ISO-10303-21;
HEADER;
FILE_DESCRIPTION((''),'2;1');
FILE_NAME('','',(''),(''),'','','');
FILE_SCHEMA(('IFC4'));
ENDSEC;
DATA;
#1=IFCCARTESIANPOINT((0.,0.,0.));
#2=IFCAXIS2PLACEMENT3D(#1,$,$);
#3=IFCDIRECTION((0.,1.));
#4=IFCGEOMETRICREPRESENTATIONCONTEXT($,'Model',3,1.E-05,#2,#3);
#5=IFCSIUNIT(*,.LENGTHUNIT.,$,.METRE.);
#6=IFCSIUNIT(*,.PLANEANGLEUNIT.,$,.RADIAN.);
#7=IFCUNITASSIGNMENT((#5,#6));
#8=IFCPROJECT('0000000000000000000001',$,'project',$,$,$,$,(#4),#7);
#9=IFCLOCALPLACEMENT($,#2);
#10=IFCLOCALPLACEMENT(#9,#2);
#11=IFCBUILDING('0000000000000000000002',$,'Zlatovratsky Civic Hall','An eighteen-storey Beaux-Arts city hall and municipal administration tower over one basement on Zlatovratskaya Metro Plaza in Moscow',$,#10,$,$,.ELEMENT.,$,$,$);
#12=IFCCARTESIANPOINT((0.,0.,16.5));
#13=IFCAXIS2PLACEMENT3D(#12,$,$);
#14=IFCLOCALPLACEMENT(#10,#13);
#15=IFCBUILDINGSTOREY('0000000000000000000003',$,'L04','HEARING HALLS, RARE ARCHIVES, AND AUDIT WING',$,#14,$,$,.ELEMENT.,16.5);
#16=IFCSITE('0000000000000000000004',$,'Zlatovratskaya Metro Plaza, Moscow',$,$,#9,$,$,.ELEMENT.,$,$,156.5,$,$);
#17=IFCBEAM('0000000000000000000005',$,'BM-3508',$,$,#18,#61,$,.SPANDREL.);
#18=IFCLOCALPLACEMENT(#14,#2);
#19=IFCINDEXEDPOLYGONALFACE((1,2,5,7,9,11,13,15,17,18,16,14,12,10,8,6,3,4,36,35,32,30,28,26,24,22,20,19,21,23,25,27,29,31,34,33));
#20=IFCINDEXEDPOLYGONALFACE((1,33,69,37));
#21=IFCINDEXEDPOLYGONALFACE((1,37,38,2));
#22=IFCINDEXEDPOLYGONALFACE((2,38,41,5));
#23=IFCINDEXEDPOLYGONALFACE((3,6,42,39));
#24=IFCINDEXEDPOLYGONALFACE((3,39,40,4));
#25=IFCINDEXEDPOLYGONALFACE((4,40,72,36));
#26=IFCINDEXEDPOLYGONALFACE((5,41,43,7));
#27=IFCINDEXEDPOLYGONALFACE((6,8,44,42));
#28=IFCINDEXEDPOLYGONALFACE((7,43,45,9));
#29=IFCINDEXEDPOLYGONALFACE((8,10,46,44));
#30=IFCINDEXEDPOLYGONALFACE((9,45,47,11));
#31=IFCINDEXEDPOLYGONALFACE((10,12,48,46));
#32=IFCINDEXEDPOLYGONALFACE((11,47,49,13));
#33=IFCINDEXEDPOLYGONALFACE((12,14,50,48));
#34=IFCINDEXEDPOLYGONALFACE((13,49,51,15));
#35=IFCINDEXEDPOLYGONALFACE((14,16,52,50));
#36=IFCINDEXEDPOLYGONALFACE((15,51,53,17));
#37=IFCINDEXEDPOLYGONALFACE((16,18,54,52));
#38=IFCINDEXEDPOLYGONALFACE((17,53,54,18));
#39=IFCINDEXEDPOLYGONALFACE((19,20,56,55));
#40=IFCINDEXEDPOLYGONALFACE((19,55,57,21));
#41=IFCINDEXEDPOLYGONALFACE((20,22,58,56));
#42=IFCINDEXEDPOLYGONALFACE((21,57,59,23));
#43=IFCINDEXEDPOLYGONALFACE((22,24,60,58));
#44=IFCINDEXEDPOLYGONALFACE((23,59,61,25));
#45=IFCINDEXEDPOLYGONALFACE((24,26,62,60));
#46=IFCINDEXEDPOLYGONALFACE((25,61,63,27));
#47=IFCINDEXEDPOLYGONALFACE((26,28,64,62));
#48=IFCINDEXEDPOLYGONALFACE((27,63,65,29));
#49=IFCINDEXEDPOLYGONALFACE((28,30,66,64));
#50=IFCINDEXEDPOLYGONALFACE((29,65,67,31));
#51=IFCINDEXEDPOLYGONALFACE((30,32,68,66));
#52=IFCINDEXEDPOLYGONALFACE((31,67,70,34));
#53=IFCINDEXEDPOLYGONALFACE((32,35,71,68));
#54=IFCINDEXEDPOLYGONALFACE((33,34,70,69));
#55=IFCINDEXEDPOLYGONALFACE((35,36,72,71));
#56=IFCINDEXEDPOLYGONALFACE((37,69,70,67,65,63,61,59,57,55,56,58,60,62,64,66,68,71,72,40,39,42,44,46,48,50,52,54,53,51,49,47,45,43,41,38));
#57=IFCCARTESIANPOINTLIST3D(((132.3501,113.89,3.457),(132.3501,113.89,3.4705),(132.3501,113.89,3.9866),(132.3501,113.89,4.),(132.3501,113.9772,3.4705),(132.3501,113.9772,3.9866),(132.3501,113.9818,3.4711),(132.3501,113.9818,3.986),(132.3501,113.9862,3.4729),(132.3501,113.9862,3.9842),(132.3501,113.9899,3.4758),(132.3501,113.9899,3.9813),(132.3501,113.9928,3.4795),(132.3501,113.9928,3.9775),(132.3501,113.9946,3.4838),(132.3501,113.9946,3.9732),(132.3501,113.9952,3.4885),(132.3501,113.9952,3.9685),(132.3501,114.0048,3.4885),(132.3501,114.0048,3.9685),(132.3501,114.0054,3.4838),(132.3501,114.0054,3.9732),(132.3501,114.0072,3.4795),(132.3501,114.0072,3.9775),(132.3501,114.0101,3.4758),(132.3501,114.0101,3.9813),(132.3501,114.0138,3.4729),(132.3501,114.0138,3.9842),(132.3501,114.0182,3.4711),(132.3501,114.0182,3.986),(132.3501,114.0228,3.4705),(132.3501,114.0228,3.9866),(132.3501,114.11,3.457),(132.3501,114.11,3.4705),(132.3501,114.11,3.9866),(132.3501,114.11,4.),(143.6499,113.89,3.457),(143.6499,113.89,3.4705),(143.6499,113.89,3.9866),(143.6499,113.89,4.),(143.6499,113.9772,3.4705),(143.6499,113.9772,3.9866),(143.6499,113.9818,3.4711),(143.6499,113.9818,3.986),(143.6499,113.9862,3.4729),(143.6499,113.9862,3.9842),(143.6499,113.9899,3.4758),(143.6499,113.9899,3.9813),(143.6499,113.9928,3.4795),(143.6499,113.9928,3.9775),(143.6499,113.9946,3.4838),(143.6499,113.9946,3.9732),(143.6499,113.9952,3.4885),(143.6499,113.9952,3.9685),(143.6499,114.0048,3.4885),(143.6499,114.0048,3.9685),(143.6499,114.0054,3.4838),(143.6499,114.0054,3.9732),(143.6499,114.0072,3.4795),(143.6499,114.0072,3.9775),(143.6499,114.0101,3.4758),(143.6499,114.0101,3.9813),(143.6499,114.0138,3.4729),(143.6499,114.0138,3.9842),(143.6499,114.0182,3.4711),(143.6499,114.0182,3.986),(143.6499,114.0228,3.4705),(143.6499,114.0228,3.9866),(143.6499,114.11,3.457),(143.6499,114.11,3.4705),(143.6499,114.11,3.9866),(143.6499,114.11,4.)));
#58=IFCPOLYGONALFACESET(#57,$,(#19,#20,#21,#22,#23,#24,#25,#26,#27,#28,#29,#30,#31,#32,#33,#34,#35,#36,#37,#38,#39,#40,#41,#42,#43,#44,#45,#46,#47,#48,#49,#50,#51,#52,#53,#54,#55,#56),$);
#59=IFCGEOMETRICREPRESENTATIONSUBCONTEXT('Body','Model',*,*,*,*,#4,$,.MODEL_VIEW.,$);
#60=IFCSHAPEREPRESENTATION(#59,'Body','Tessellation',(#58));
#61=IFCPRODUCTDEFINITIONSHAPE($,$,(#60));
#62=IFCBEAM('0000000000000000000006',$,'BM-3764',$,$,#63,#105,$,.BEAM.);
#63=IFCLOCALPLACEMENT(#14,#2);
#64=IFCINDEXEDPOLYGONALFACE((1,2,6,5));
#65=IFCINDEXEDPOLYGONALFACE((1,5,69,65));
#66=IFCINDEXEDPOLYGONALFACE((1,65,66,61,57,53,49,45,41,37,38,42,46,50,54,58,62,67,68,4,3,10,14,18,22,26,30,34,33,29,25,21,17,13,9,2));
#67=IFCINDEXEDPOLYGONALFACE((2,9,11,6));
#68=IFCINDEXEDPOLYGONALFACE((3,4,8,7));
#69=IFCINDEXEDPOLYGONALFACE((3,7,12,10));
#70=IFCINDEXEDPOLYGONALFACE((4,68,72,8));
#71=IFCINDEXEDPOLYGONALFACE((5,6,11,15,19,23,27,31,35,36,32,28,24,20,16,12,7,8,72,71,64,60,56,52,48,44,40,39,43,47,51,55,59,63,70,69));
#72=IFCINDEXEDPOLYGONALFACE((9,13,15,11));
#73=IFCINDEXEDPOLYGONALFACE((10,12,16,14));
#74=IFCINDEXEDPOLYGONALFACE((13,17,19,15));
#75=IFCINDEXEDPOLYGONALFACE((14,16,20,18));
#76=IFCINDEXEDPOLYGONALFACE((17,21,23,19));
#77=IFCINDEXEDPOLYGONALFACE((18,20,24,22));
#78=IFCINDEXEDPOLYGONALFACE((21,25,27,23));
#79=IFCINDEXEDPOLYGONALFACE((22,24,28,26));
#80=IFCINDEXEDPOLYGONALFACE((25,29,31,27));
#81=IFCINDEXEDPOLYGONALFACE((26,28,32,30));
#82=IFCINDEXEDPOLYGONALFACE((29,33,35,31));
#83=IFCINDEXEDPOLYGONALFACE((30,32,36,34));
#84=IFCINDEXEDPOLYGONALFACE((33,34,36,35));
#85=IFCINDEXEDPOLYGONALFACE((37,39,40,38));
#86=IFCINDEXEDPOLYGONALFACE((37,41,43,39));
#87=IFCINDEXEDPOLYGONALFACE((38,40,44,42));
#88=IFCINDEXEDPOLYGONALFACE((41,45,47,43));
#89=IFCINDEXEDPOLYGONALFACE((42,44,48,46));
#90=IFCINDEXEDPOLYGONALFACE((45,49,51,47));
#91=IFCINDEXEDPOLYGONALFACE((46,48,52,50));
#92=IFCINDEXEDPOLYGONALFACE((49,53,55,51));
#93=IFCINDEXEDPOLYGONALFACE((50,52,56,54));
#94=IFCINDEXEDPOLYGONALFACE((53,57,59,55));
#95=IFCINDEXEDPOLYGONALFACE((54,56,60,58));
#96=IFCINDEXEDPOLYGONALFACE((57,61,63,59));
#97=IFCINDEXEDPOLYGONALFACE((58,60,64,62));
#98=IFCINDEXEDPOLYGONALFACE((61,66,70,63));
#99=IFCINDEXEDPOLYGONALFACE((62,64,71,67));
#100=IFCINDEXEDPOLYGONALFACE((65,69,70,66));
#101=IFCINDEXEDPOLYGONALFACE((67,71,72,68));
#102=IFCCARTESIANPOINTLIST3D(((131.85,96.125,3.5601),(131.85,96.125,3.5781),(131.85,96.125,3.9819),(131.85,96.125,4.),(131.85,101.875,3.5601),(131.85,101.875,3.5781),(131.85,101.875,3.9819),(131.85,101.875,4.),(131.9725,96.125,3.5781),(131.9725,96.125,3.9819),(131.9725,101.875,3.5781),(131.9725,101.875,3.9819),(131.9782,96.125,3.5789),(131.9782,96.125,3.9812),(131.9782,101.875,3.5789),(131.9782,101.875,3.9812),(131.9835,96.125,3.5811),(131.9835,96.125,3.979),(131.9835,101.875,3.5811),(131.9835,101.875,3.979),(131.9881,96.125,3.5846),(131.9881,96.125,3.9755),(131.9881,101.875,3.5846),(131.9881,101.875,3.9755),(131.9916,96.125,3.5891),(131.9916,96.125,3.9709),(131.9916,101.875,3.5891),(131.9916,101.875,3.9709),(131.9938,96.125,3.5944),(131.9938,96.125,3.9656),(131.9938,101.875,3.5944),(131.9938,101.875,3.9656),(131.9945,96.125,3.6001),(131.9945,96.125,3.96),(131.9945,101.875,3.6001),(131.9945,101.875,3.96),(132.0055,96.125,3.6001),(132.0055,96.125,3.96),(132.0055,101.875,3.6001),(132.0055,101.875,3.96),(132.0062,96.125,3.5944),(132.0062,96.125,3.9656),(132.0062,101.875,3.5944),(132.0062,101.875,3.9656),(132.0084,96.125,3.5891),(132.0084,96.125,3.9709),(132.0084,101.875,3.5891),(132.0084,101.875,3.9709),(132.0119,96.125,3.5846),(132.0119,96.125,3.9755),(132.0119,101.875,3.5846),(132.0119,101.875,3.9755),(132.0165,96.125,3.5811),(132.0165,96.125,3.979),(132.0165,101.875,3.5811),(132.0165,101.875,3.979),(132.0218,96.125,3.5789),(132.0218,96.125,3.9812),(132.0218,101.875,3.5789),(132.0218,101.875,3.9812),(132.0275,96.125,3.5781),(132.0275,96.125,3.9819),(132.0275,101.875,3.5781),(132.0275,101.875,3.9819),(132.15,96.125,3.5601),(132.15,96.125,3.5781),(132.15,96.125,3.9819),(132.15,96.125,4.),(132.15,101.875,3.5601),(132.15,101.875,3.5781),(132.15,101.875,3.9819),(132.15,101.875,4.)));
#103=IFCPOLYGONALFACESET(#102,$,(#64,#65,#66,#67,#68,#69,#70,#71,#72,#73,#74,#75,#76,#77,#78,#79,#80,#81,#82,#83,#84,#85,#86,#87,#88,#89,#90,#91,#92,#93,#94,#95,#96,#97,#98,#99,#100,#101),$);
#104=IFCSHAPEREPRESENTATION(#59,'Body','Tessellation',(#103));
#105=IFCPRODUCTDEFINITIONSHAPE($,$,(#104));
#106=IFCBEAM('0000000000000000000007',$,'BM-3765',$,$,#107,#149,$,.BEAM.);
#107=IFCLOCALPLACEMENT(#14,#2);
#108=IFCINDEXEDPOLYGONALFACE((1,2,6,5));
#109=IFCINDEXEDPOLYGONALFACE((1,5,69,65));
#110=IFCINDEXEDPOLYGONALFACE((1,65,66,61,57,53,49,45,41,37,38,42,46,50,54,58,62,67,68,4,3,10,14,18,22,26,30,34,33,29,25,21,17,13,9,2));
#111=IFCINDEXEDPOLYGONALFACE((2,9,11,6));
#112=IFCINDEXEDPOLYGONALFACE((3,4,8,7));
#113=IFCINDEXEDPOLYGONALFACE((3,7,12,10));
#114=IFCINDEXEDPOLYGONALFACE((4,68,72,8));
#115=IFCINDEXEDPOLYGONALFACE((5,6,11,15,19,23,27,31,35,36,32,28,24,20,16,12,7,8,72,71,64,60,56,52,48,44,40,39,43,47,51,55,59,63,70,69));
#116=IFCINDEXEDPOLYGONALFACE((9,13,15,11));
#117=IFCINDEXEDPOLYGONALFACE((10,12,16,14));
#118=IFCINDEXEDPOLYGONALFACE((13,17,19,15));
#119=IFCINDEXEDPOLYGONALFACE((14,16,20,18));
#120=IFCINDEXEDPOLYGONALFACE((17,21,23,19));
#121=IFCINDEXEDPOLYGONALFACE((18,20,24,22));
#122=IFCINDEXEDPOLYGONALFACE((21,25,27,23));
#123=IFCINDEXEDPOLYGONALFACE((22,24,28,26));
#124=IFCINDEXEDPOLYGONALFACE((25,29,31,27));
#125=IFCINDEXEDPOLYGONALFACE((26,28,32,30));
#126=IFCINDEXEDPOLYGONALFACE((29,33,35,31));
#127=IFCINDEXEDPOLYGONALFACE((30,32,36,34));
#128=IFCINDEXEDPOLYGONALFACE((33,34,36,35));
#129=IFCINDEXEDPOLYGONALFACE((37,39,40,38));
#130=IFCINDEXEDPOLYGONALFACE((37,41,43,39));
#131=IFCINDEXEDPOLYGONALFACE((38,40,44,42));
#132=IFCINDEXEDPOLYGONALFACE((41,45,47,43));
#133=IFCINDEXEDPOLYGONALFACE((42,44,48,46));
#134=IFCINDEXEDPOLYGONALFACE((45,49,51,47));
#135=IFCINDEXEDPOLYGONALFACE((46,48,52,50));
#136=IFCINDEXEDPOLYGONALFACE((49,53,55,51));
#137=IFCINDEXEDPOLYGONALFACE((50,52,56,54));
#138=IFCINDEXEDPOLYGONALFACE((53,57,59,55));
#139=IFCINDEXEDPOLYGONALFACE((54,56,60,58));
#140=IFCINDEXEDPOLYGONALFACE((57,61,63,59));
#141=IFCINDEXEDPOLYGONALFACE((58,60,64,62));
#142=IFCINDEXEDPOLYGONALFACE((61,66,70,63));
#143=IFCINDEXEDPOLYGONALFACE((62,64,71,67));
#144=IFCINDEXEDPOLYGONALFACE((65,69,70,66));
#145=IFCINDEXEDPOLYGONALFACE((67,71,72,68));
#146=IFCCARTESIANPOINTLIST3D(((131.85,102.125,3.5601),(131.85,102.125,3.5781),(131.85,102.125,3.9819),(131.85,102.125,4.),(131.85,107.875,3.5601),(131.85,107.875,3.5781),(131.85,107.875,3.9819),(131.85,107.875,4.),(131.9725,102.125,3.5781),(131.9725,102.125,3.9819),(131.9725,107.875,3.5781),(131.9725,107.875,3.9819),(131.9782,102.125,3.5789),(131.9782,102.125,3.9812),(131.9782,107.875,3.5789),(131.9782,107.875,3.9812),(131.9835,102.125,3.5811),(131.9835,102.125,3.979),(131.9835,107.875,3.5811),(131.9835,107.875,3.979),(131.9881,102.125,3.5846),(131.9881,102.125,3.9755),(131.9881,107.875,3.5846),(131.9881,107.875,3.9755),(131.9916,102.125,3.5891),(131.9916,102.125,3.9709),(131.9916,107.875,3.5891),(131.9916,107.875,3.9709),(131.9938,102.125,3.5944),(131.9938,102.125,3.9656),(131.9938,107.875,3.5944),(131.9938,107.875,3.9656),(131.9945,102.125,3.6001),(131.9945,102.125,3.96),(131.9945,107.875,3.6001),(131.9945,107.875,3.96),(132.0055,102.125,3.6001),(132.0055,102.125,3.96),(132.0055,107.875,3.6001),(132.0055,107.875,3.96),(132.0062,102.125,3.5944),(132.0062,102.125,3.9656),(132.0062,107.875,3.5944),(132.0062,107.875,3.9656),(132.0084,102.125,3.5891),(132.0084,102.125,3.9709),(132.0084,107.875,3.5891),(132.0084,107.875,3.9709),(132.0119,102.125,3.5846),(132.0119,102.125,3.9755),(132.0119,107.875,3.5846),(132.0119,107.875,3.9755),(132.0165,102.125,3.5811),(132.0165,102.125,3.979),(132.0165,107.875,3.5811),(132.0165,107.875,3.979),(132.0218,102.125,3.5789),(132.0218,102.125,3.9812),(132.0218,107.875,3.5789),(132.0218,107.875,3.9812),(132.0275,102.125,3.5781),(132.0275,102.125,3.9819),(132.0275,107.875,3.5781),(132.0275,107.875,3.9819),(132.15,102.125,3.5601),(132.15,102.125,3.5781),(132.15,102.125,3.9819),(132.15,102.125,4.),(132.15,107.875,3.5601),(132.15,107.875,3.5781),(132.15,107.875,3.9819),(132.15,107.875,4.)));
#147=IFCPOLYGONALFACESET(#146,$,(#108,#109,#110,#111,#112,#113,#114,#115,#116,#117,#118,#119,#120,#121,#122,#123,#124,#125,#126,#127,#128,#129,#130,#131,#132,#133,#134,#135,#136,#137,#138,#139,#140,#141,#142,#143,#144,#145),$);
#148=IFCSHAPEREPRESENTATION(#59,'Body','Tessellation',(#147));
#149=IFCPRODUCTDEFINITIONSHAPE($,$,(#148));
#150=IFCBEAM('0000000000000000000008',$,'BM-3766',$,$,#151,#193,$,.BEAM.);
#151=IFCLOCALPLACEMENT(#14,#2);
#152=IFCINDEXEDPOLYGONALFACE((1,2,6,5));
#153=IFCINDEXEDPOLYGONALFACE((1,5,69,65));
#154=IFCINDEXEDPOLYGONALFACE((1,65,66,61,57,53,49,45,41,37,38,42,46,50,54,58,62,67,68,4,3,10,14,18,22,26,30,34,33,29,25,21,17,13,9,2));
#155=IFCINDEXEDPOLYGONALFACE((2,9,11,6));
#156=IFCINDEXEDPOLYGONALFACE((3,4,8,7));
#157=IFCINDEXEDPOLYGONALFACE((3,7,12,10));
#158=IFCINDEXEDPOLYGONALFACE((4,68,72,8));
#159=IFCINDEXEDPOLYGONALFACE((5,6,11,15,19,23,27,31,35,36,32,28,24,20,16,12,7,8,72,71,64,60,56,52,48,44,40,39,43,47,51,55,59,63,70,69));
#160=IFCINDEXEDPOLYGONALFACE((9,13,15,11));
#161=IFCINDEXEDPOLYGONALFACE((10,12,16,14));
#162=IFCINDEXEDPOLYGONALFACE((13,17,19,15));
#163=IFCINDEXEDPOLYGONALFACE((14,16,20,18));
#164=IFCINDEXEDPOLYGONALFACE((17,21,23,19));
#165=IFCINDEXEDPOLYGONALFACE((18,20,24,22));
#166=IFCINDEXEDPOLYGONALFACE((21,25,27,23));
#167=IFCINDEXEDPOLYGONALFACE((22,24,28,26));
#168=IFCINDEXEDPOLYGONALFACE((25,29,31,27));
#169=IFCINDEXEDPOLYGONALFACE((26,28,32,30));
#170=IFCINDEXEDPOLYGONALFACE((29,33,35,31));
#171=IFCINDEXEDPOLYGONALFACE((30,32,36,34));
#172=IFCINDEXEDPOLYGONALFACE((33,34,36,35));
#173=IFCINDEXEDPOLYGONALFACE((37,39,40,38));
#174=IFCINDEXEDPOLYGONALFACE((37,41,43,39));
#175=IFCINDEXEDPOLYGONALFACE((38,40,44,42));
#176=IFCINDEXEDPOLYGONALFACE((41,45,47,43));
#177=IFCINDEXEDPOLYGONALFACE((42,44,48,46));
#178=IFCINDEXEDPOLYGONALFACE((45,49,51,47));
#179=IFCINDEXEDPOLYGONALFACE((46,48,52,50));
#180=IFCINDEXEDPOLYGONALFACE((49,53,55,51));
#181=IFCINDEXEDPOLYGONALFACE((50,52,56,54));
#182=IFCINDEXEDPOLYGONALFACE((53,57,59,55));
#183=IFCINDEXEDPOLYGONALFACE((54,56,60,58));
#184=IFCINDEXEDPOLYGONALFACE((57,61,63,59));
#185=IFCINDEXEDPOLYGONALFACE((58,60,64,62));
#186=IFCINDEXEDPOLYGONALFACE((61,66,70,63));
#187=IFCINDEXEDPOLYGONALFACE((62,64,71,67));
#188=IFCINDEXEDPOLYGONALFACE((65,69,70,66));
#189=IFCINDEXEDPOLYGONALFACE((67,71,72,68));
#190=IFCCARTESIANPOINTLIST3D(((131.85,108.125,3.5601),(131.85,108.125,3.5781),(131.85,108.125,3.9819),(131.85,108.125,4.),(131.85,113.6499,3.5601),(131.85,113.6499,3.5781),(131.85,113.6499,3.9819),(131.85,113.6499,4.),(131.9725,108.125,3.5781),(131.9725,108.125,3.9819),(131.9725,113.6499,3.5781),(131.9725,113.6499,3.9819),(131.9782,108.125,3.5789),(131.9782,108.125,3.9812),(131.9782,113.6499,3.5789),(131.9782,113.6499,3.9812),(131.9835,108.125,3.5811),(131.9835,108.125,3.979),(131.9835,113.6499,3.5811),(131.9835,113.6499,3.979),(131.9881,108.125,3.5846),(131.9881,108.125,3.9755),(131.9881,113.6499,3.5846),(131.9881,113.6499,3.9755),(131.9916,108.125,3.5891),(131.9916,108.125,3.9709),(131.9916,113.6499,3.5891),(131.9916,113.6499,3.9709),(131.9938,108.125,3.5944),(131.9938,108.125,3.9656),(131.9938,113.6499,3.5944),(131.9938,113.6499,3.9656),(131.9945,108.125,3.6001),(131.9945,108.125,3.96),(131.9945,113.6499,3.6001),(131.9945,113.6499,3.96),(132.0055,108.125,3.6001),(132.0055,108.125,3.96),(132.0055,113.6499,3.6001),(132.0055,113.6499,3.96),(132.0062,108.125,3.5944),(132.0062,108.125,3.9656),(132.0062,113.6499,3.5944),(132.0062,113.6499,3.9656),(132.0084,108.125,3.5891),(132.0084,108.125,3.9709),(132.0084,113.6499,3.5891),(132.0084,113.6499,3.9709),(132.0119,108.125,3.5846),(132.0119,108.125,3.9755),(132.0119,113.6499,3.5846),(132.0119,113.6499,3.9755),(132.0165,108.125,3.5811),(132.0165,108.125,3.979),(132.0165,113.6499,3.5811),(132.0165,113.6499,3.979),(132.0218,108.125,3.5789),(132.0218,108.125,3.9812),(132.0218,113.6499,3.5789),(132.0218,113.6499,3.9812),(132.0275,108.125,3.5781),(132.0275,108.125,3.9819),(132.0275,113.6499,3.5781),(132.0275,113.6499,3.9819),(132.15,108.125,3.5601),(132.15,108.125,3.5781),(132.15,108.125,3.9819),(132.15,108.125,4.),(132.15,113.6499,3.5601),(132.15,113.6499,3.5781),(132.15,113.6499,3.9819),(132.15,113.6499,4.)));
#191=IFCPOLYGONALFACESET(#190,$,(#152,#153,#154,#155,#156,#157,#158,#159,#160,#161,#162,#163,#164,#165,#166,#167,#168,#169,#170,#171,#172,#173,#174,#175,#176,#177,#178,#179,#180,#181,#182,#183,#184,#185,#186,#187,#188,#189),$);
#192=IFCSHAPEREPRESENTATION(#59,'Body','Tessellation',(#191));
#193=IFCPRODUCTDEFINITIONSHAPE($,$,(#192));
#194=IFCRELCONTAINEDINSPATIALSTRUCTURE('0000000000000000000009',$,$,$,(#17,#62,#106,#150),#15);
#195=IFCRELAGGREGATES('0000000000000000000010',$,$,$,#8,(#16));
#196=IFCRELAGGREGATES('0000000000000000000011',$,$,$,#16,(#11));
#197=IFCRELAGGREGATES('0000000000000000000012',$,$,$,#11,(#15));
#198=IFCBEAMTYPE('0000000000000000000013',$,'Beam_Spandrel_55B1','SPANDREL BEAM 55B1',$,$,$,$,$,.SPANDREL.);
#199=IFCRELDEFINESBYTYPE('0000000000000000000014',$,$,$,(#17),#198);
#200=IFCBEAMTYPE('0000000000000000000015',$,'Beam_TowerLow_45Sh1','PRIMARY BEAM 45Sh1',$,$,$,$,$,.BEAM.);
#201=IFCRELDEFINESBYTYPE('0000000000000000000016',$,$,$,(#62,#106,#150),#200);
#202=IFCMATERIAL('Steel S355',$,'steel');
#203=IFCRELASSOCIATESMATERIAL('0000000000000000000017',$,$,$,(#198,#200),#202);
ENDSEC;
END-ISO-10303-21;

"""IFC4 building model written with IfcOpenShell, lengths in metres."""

from ifc_helpers import new_model, si_unit, direction, frame, origin, origin_2d, place, context, subcontext, project, spatial, i_section, extrude, material, material_profile, profile_set, type_object, element, save


model = new_model("IFC4")

# Units and contexts
model_context = context("Model", 3, precision=1e-05, world=origin(), true_north=direction((0.0, 1.0)))
body_context = subcontext(model_context, "Body", "Model", "MODEL_VIEW")
ifc_project = project(units=[si_unit("LENGTHUNIT", "METRE"), si_unit("PLANEANGLEUNIT", "RADIAN")], contexts=[model_context])

# Site, building, storey
site_placement = place(None, origin())
site = spatial("IfcSite", under=ifc_project, at=site_placement, Name="Zlatovratskaya Metro Plaza, Moscow", CompositionType="ELEMENT", RefElevation=156.5)
building_placement = place(site_placement, origin())
building = spatial("IfcBuilding", under=site, at=building_placement, Name="Zlatovratsky Civic Hall", Description="An eighteen-storey Beaux-Arts city hall and municipal administration tower over one basement on Zlatovratskaya Metro Plaza in Moscow", CompositionType="ELEMENT")
storey_placement = place(building_placement, frame((0.0, 0.0, 16.5)))
storey = spatial("IfcBuildingStorey", under=building, at=storey_placement, Name="L04", Description="HEARING HALLS, RARE ARCHIVES, AND AUDIT WING", CompositionType="ELEMENT", Elevation=16.5)

# Shared definitions
ifc_material_1 = material(Name="Steel S355", Category="steel")

# Beams
ifc_material_profile_1 = material_profile(ifc_material_1, i_section(OverallWidth=0.22, OverallDepth=0.543, WebThickness=0.0095, FlangeThickness=0.0134, FilletRadius=0.0181, at=origin_2d()), Name="55B1")
ifc_profile_set_1 = profile_set([ifc_material_profile_1], Name="Steel S355")
beam_type_1 = type_object("IfcBeamType", Name="Beam_Spandrel_55B1", Description="SPANDREL BEAM 55B1", PredefinedType="SPANDREL", material=ifc_profile_set_1)
for number, where, z_axis, x_axis, name in (
    (1, (132.3501, 114.0, 3.7285), (1.0, 0.0, 0.0), (0.0, 1.0, 0.0), "BM-3508"),
):
    element("IfcBeam", number, at=place(storey_placement, frame(where, z_axis=z_axis, x_axis=x_axis)), inside=storey, type_object=beam_type_1, Name=name, PredefinedType="SPANDREL", context=body_context, shape_type="SweptSolid", body=[
        extrude(i_section(OverallWidth=0.22, OverallDepth=0.543, WebThickness=0.0095, FlangeThickness=0.0134, FilletRadius=0.0181, at=origin_2d()), origin(), (0.0, 0.0, 1.0), 11.2998),
    ])
ifc_material_profile_2 = material_profile(ifc_material_1, i_section(OverallWidth=0.3, OverallDepth=0.4399, WebThickness=0.011, FlangeThickness=0.0181, FilletRadius=0.022, at=origin_2d()), Name="45Sh1")
ifc_profile_set_2 = profile_set([ifc_material_profile_2], Name="Steel S355")
beam_type_2 = type_object("IfcBeamType", Name="Beam_TowerLow_45Sh1", Description="PRIMARY BEAM 45Sh1", PredefinedType="BEAM", material=ifc_profile_set_2)
for number, where, z_axis, x_axis, name in (
    (2, (132.0, 96.125, 3.78), (0.0, 1.0, 0.0), (-1.0, 0.0, 0.0), "BM-3764"),
    (3, (132.0, 102.125, 3.78), (0.0, 1.0, 0.0), (-1.0, 0.0, 0.0), "BM-3765"),
):
    element("IfcBeam", number, at=place(storey_placement, frame(where, z_axis=z_axis, x_axis=x_axis)), inside=storey, type_object=beam_type_2, Name=name, PredefinedType="BEAM", context=body_context, shape_type="SweptSolid", body=[
        extrude(i_section(OverallWidth=0.3, OverallDepth=0.4399, WebThickness=0.011, FlangeThickness=0.0181, FilletRadius=0.022, at=origin_2d()), origin(), (0.0, 0.0, 1.0), 5.75),
    ])
beam_1_placement = place(storey_placement, frame((132.0, 108.125, 3.78), z_axis=(0.0, 1.0, 0.0), x_axis=(-1.0, 0.0, 0.0)))
element("IfcBeam", 4, at=beam_1_placement, inside=storey, type_object=beam_type_2, Name="BM-3766", PredefinedType="BEAM", context=body_context, shape_type="SweptSolid", body=[
    extrude(i_section(OverallWidth=0.3, OverallDepth=0.4399, WebThickness=0.011, FlangeThickness=0.0181, FilletRadius=0.022, at=origin_2d()), origin(), (0.0, 0.0, 1.0), 5.5249),
])

save(model, "model.ifc")
